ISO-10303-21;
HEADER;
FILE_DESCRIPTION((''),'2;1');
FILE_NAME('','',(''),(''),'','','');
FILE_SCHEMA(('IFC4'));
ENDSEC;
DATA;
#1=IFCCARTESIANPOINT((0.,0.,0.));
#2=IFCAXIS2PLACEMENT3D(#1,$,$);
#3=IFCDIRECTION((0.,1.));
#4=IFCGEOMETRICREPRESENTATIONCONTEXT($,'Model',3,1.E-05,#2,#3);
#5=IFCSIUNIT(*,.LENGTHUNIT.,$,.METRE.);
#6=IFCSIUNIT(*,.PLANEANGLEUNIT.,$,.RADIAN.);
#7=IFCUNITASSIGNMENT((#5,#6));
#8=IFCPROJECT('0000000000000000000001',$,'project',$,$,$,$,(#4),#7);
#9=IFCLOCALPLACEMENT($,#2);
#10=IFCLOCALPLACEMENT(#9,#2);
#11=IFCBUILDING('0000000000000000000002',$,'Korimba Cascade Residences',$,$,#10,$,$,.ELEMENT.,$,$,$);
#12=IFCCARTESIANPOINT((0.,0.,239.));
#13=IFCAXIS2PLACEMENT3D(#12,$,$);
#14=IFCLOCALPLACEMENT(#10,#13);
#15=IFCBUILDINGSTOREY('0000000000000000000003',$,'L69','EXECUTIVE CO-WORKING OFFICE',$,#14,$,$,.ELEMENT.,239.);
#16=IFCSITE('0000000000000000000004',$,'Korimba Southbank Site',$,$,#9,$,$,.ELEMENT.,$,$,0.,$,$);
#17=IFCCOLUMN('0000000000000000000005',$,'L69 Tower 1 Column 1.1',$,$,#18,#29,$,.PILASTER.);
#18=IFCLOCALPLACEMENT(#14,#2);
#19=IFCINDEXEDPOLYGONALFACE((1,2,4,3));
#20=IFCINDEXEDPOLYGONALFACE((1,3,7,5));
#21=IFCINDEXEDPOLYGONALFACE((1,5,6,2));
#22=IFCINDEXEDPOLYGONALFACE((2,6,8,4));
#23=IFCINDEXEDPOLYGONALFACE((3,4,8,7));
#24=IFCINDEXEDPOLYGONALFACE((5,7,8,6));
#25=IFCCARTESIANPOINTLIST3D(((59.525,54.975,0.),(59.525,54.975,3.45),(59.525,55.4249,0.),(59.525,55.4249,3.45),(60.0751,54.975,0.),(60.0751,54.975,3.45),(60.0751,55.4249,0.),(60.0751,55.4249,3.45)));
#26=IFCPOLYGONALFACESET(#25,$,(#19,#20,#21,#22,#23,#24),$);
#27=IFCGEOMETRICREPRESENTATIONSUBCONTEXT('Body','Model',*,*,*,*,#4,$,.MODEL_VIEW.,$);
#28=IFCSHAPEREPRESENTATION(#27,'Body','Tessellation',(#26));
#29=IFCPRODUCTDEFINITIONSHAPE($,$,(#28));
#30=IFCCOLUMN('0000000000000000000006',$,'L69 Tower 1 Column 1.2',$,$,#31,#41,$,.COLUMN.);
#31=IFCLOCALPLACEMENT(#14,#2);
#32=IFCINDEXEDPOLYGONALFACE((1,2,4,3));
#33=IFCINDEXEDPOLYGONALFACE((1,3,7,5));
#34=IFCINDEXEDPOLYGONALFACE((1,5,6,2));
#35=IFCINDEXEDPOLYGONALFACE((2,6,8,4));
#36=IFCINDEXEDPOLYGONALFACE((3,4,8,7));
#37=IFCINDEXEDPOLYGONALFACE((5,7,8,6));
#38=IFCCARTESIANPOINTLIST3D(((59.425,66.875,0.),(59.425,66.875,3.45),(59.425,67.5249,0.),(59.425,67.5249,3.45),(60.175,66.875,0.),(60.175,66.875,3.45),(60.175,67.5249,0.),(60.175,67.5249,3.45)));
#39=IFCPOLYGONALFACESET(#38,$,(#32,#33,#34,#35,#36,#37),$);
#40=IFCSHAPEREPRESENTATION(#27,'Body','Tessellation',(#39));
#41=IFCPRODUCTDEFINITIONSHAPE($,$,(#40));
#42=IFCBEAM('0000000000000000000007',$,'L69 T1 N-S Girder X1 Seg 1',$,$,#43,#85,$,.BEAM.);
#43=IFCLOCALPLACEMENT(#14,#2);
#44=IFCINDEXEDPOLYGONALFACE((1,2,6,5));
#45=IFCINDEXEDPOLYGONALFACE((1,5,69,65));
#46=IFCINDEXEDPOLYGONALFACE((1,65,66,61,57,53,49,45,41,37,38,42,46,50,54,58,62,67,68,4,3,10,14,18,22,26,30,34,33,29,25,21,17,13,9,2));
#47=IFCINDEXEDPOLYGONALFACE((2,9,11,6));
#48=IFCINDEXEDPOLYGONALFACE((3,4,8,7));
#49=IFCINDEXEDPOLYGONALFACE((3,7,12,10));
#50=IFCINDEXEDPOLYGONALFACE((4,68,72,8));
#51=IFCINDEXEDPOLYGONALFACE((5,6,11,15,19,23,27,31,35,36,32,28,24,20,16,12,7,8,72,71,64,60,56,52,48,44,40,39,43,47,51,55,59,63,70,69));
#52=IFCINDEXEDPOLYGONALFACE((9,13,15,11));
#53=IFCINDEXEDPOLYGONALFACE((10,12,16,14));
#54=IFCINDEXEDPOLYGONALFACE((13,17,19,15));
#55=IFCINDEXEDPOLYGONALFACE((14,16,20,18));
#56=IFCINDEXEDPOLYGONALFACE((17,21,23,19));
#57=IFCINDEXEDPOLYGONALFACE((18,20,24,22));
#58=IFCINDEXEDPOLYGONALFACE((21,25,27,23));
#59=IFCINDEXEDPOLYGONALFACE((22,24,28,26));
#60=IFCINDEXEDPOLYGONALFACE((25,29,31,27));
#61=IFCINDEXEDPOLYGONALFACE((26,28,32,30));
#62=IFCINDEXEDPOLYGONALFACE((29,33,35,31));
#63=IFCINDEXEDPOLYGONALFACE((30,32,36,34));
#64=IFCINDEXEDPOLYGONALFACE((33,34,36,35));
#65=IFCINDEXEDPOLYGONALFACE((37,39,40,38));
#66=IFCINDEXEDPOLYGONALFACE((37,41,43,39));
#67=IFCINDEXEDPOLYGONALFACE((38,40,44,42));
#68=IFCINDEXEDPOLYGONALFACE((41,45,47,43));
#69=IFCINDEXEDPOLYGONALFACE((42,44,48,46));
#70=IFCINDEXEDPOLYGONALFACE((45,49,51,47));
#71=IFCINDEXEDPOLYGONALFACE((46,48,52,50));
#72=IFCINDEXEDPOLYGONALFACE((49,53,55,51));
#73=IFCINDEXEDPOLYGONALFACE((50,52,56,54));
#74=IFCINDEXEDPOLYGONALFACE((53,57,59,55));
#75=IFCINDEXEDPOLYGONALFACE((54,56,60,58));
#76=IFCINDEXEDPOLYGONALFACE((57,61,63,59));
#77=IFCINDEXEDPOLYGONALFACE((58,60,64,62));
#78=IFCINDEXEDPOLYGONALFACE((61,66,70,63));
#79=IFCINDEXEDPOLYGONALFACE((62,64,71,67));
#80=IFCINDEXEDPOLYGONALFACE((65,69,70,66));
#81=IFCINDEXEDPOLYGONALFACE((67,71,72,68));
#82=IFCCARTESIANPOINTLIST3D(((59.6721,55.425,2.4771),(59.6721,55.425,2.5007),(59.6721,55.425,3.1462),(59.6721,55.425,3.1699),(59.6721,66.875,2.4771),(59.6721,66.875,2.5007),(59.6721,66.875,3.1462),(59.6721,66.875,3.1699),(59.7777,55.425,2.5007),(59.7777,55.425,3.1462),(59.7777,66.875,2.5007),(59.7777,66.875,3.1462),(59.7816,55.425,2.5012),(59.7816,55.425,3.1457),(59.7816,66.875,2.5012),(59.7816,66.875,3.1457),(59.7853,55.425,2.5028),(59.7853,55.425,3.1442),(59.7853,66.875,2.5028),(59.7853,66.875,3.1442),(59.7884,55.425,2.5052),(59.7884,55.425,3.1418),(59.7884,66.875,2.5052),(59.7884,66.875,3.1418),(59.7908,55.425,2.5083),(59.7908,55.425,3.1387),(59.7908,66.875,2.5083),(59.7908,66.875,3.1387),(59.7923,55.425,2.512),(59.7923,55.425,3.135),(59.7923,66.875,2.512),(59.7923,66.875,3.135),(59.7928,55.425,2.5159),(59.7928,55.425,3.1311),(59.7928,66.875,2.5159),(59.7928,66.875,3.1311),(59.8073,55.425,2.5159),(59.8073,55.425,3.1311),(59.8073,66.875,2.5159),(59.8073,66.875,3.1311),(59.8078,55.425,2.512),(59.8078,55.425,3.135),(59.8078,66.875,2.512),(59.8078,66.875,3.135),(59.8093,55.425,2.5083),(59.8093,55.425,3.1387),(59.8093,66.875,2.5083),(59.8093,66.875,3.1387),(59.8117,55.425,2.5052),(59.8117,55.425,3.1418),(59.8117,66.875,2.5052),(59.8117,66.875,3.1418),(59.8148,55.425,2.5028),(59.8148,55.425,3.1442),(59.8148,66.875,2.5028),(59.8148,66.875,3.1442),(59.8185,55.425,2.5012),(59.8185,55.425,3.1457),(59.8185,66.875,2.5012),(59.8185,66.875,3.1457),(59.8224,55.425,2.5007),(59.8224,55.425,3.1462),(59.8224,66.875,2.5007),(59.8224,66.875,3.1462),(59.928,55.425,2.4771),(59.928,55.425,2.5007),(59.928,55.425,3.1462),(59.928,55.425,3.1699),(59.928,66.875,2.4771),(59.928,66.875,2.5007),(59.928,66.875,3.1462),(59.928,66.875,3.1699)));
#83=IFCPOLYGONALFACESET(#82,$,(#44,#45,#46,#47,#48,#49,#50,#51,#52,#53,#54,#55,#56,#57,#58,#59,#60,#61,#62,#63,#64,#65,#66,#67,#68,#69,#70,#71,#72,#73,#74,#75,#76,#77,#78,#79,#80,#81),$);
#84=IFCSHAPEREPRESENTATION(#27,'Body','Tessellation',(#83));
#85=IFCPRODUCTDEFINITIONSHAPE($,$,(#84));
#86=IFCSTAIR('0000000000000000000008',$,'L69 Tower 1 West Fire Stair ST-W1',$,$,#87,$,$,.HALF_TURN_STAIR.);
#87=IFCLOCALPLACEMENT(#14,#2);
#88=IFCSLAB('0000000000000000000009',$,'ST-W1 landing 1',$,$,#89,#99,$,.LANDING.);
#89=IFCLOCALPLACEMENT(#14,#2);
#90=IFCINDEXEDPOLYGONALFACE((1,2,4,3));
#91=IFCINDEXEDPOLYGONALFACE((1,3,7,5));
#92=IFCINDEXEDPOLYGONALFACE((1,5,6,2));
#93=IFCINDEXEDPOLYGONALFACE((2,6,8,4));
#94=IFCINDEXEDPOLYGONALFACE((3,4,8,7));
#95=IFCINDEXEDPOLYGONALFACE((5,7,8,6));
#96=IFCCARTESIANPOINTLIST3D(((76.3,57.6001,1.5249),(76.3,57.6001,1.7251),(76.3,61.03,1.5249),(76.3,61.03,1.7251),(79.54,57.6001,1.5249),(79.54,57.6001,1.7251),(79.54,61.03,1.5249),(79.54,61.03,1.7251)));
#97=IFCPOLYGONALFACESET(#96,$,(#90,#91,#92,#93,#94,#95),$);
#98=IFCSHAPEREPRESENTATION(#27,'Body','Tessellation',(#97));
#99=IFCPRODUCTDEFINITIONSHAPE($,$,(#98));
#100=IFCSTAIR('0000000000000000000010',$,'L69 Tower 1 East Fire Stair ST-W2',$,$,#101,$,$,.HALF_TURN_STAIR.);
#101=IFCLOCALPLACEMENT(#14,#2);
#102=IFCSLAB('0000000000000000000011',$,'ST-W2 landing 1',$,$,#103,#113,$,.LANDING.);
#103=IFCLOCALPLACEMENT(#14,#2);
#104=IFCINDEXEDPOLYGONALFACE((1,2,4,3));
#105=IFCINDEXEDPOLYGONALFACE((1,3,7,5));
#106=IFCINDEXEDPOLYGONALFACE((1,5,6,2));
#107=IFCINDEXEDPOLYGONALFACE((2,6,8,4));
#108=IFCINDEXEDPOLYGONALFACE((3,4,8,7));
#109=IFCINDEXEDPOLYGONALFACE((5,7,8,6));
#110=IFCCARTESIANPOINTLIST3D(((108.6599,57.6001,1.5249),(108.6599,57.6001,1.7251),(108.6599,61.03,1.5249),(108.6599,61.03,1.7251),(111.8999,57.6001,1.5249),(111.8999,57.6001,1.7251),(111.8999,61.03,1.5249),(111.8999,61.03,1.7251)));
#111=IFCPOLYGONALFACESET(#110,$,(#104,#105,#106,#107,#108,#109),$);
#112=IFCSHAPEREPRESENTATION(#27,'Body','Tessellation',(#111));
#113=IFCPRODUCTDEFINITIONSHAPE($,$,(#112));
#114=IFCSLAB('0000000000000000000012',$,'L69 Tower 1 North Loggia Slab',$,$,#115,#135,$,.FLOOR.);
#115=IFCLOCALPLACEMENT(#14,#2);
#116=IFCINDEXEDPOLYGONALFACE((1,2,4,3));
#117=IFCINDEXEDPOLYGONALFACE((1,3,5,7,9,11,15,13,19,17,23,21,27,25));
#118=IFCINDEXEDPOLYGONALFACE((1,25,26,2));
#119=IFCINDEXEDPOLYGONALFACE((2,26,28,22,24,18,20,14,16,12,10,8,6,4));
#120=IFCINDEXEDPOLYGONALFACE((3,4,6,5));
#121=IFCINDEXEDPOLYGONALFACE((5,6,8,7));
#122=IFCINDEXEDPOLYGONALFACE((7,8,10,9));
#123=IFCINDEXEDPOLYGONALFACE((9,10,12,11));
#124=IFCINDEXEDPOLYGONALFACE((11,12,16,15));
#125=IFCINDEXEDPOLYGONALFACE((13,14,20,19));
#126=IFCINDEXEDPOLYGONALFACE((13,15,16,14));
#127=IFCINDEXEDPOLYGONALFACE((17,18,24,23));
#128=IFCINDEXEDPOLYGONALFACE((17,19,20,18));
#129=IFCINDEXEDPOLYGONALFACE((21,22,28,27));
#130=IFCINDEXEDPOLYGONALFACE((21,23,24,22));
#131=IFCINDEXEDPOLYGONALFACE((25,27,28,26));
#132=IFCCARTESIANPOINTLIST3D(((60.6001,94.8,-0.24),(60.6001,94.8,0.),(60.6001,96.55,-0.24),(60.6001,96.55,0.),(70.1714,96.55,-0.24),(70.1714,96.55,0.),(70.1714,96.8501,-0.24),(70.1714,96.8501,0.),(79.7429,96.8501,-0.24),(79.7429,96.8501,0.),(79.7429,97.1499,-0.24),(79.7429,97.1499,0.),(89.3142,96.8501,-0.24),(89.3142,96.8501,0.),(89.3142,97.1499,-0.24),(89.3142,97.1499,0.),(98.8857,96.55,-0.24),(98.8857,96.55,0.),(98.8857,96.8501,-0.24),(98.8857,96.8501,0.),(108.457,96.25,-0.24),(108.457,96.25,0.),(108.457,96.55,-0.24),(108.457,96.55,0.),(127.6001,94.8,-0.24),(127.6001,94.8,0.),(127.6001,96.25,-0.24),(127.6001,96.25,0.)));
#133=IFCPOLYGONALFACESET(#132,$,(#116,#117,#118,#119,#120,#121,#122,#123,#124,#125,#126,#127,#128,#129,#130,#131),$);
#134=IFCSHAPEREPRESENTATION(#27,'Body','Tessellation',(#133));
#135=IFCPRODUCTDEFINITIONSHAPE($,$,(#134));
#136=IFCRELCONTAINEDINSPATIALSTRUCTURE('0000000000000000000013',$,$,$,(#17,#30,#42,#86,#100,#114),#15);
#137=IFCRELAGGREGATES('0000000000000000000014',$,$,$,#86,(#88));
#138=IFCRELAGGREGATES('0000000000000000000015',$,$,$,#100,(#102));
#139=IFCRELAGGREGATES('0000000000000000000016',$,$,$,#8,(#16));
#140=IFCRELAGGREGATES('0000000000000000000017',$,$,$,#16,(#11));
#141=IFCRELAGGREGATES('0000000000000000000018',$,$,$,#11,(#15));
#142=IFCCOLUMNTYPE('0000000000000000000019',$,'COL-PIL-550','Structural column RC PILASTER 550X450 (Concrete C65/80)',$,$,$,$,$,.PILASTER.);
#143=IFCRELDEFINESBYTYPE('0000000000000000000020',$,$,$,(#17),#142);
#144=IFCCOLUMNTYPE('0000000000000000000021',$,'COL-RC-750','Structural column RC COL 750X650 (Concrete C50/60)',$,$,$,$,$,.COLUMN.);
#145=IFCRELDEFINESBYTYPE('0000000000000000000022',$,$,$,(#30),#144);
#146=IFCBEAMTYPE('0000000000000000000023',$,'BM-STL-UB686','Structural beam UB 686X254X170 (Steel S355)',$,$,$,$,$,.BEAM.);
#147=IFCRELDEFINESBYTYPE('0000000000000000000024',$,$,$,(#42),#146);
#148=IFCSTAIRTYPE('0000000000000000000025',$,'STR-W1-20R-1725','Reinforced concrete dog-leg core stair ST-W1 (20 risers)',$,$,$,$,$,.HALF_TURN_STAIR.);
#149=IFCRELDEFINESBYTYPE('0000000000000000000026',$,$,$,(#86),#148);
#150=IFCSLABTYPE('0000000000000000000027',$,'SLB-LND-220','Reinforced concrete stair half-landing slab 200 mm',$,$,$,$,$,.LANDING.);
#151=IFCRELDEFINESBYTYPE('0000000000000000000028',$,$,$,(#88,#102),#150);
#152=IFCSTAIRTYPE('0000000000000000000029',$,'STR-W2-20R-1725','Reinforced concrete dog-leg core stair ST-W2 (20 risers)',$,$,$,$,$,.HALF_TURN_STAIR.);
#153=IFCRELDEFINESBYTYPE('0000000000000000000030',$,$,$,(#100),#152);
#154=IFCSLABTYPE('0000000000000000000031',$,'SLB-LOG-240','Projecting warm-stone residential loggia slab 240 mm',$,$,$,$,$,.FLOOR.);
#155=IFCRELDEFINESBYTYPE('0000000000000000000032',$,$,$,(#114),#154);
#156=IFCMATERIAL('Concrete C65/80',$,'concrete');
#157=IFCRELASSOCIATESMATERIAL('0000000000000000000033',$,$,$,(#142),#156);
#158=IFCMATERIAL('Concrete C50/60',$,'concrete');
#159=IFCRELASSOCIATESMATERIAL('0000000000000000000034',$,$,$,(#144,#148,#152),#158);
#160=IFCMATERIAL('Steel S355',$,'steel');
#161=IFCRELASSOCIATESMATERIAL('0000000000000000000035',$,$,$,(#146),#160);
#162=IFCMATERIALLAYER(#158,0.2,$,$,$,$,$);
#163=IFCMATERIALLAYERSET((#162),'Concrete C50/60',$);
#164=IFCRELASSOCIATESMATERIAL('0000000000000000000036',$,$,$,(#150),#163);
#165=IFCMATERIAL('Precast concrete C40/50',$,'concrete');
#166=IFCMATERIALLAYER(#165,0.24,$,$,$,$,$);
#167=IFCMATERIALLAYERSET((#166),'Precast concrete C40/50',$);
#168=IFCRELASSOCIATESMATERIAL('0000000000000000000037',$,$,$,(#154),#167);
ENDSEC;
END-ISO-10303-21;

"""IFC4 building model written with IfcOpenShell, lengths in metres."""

from ifc_helpers import new_model, si_unit, direction, frame, origin, origin_2d, place, context, subcontext, project, spatial, polyline, rectangle, i_section, outline, extrude, material, layer, layer_set, material_profile, profile_set, type_object, element, aggregate, save


model = new_model("IFC4")

# Units and contexts
model_context = context("Model", 3, precision=1e-05, world=origin(), true_north=direction((0.0, 1.0)))
body_context = subcontext(model_context, "Body", "Model", "MODEL_VIEW")
ifc_project = project(units=[si_unit("LENGTHUNIT", "METRE"), si_unit("PLANEANGLEUNIT", "RADIAN")], contexts=[model_context])

# Site, building, storey
site_placement = place(None, origin())
site = spatial("IfcSite", under=ifc_project, at=site_placement, Name="Korimba Southbank Site", CompositionType="ELEMENT", RefElevation=0.0)
building_placement = place(site_placement, origin())
building = spatial("IfcBuilding", under=site, at=building_placement, Name="Korimba Cascade Residences", CompositionType="ELEMENT")
storey_placement = place(building_placement, frame((0.0, 0.0, 239.0)))
storey = spatial("IfcBuildingStorey", under=building, at=storey_placement, Name="L69", Description="EXECUTIVE CO-WORKING OFFICE", CompositionType="ELEMENT", Elevation=239.0)

# Columns
ifc_material_1 = material(Name="Concrete C65/80", Category="concrete")
ifc_material_profile_1 = material_profile(ifc_material_1, rectangle(XDim=0.55, YDim=0.45, at=origin_2d()), Name="Concrete C65/80")
ifc_profile_set_1 = profile_set([ifc_material_profile_1], Name="Concrete C65/80")
column_type_1 = type_object("IfcColumnType", Name="COL-PIL-550", Description="Structural column RC PILASTER 550X450 (Concrete C65/80)", PredefinedType="PILASTER", material=ifc_profile_set_1)
column_1_placement = place(storey_placement, frame((59.8, 55.2, 0.0), z_axis=(0.0, 0.0, 1.0), x_axis=(1.0, 0.0, 0.0)))
element("IfcColumn", 1, at=column_1_placement, inside=storey, type_object=column_type_1, Name="L69 Tower 1 Column 1.1", PredefinedType="PILASTER", context=body_context, shape_type="SweptSolid", body=[
    extrude(rectangle(XDim=0.55, YDim=0.45, at=origin_2d()), origin(), (0.0, 0.0, 1.0), 3.45),
])
ifc_material_2 = material(Name="Concrete C50/60", Category="concrete")
ifc_material_profile_2 = material_profile(ifc_material_2, rectangle(XDim=0.75, YDim=0.6499, at=origin_2d()), Name="Concrete C50/60")
ifc_profile_set_2 = profile_set([ifc_material_profile_2], Name="Concrete C50/60")
column_type_2 = type_object("IfcColumnType", Name="COL-RC-750", Description="Structural column RC COL 750X650 (Concrete C50/60)", PredefinedType="COLUMN", material=ifc_profile_set_2)
column_2_placement = place(storey_placement, frame((59.8, 67.2, 0.0), z_axis=(0.0, 0.0, 1.0), x_axis=(1.0, 0.0, 0.0)))
element("IfcColumn", 2, at=column_2_placement, inside=storey, type_object=column_type_2, Name="L69 Tower 1 Column 1.2", PredefinedType="COLUMN", context=body_context, shape_type="SweptSolid", body=[
    extrude(rectangle(XDim=0.75, YDim=0.6499, at=origin_2d()), origin(), (0.0, 0.0, 1.0), 3.45),
])

# Beam
ifc_material_3 = material(Name="Steel S355", Category="steel")
ifc_material_profile_3 = material_profile(ifc_material_3, i_section(OverallWidth=0.2559, OverallDepth=0.6929, WebThickness=0.0144, FlangeThickness=0.0237, FilletRadius=0.0151, at=origin_2d()), Name="Steel S355")
ifc_profile_set_3 = profile_set([ifc_material_profile_3], Name="Steel S355")
beam_type = type_object("IfcBeamType", Name="BM-STL-UB686", Description="Structural beam UB 686X254X170 (Steel S355)", PredefinedType="BEAM", material=ifc_profile_set_3)
beam_placement = place(storey_placement, frame((59.8, 55.425, 2.8235), z_axis=(0.0, 1.0, 0.0), x_axis=(-1.0, 0.0, 0.0)))
element("IfcBeam", 3, at=beam_placement, inside=storey, type_object=beam_type, Name="L69 T1 N-S Girder X1 Seg 1", PredefinedType="BEAM", context=body_context, shape_type="SweptSolid", body=[
    extrude(i_section(OverallWidth=0.2559, OverallDepth=0.6929, WebThickness=0.0144, FlangeThickness=0.0237, FilletRadius=0.0151, at=origin_2d()), origin(), (0.0, 0.0, 1.0), 11.45),
])

# Stairs, slabs
stair_type_1 = type_object("IfcStairType", Name="STR-W1-20R-1725", Description="Reinforced concrete dog-leg core stair ST-W1 (20 risers)", PredefinedType="HALF_TURN_STAIR", material=ifc_material_2)
stair_1_placement = place(storey_placement, origin())
stair_1 = element("IfcStair", 4, at=stair_1_placement, inside=storey, type_object=stair_type_1, Name="L69 Tower 1 West Fire Stair ST-W1", PredefinedType="HALF_TURN_STAIR")
ifc_layer_1 = layer(ifc_material_2, 0.2)
ifc_layer_set_1 = layer_set([ifc_layer_1], Name="Concrete C50/60")
slab_type_1 = type_object("IfcSlabType", Name="SLB-LND-220", Description="Reinforced concrete stair half-landing slab 200 mm", PredefinedType="LANDING", material=ifc_layer_set_1)
slab_1_placement = place(storey_placement, frame((0.0, 0.0, 1.5249)))
slab_1 = element("IfcSlab", 5, at=slab_1_placement, type_object=slab_type_1, Name="ST-W1 landing 1", PredefinedType="LANDING", context=body_context, shape_type="SweptSolid", body=[
    extrude(outline(polyline([(76.3, 61.03), (76.3, 57.6001), (79.54, 57.6001), (79.54, 61.03), (76.3, 61.03)])), origin(), (0.0, 0.0, 1.0), 0.2002),
])
aggregate(stair_1, [slab_1])
stair_type_2 = type_object("IfcStairType", Name="STR-W2-20R-1725", Description="Reinforced concrete dog-leg core stair ST-W2 (20 risers)", PredefinedType="HALF_TURN_STAIR", material=ifc_material_2)
stair_2_placement = place(storey_placement, origin())
stair_2 = element("IfcStair", 6, at=stair_2_placement, inside=storey, type_object=stair_type_2, Name="L69 Tower 1 East Fire Stair ST-W2", PredefinedType="HALF_TURN_STAIR")
slab_2_placement = place(storey_placement, frame((0.0, 0.0, 1.5249)))
slab_2 = element("IfcSlab", 7, at=slab_2_placement, type_object=slab_type_1, Name="ST-W2 landing 1", PredefinedType="LANDING", context=body_context, shape_type="SweptSolid", body=[
    extrude(outline(polyline([(108.6599, 61.03), (108.6599, 57.6001), (111.8999, 57.6001), (111.8999, 61.03), (108.6599, 61.03)])), origin(), (0.0, 0.0, 1.0), 0.2002),
])
aggregate(stair_2, [slab_2])

# Slab
ifc_material_4 = material(Name="Precast concrete C40/50", Category="concrete")
ifc_layer_2 = layer(ifc_material_4, 0.24)
ifc_layer_set_2 = layer_set([ifc_layer_2], Name="Precast concrete C40/50")
slab_type_2 = type_object("IfcSlabType", Name="SLB-LOG-240", Description="Projecting warm-stone residential loggia slab 240 mm", PredefinedType="FLOOR", material=ifc_layer_set_2)
slab_3_placement = place(storey_placement, frame((0.0, 0.0, -0.24)))
element("IfcSlab", 8, at=slab_3_placement, inside=storey, type_object=slab_type_2, Name="L69 Tower 1 North Loggia Slab", PredefinedType="FLOOR", context=body_context, shape_type="SweptSolid", body=[
    extrude(outline(polyline([(60.6001, 94.8), (127.6001, 94.8), (127.6001, 96.25), (108.457, 96.25), (108.457, 96.55), (98.8857, 96.55), (98.8857, 96.8501), (89.3142, 96.8501), (89.3142, 97.1499), (79.7429, 97.1499), (79.7429, 96.8501), (70.1714, 96.8501), (70.1714, 96.55), (60.6001, 96.55), (60.6001, 94.8)])), origin(), (0.0, 0.0, 1.0), 0.24),
])

save(model, "model.ifc")
